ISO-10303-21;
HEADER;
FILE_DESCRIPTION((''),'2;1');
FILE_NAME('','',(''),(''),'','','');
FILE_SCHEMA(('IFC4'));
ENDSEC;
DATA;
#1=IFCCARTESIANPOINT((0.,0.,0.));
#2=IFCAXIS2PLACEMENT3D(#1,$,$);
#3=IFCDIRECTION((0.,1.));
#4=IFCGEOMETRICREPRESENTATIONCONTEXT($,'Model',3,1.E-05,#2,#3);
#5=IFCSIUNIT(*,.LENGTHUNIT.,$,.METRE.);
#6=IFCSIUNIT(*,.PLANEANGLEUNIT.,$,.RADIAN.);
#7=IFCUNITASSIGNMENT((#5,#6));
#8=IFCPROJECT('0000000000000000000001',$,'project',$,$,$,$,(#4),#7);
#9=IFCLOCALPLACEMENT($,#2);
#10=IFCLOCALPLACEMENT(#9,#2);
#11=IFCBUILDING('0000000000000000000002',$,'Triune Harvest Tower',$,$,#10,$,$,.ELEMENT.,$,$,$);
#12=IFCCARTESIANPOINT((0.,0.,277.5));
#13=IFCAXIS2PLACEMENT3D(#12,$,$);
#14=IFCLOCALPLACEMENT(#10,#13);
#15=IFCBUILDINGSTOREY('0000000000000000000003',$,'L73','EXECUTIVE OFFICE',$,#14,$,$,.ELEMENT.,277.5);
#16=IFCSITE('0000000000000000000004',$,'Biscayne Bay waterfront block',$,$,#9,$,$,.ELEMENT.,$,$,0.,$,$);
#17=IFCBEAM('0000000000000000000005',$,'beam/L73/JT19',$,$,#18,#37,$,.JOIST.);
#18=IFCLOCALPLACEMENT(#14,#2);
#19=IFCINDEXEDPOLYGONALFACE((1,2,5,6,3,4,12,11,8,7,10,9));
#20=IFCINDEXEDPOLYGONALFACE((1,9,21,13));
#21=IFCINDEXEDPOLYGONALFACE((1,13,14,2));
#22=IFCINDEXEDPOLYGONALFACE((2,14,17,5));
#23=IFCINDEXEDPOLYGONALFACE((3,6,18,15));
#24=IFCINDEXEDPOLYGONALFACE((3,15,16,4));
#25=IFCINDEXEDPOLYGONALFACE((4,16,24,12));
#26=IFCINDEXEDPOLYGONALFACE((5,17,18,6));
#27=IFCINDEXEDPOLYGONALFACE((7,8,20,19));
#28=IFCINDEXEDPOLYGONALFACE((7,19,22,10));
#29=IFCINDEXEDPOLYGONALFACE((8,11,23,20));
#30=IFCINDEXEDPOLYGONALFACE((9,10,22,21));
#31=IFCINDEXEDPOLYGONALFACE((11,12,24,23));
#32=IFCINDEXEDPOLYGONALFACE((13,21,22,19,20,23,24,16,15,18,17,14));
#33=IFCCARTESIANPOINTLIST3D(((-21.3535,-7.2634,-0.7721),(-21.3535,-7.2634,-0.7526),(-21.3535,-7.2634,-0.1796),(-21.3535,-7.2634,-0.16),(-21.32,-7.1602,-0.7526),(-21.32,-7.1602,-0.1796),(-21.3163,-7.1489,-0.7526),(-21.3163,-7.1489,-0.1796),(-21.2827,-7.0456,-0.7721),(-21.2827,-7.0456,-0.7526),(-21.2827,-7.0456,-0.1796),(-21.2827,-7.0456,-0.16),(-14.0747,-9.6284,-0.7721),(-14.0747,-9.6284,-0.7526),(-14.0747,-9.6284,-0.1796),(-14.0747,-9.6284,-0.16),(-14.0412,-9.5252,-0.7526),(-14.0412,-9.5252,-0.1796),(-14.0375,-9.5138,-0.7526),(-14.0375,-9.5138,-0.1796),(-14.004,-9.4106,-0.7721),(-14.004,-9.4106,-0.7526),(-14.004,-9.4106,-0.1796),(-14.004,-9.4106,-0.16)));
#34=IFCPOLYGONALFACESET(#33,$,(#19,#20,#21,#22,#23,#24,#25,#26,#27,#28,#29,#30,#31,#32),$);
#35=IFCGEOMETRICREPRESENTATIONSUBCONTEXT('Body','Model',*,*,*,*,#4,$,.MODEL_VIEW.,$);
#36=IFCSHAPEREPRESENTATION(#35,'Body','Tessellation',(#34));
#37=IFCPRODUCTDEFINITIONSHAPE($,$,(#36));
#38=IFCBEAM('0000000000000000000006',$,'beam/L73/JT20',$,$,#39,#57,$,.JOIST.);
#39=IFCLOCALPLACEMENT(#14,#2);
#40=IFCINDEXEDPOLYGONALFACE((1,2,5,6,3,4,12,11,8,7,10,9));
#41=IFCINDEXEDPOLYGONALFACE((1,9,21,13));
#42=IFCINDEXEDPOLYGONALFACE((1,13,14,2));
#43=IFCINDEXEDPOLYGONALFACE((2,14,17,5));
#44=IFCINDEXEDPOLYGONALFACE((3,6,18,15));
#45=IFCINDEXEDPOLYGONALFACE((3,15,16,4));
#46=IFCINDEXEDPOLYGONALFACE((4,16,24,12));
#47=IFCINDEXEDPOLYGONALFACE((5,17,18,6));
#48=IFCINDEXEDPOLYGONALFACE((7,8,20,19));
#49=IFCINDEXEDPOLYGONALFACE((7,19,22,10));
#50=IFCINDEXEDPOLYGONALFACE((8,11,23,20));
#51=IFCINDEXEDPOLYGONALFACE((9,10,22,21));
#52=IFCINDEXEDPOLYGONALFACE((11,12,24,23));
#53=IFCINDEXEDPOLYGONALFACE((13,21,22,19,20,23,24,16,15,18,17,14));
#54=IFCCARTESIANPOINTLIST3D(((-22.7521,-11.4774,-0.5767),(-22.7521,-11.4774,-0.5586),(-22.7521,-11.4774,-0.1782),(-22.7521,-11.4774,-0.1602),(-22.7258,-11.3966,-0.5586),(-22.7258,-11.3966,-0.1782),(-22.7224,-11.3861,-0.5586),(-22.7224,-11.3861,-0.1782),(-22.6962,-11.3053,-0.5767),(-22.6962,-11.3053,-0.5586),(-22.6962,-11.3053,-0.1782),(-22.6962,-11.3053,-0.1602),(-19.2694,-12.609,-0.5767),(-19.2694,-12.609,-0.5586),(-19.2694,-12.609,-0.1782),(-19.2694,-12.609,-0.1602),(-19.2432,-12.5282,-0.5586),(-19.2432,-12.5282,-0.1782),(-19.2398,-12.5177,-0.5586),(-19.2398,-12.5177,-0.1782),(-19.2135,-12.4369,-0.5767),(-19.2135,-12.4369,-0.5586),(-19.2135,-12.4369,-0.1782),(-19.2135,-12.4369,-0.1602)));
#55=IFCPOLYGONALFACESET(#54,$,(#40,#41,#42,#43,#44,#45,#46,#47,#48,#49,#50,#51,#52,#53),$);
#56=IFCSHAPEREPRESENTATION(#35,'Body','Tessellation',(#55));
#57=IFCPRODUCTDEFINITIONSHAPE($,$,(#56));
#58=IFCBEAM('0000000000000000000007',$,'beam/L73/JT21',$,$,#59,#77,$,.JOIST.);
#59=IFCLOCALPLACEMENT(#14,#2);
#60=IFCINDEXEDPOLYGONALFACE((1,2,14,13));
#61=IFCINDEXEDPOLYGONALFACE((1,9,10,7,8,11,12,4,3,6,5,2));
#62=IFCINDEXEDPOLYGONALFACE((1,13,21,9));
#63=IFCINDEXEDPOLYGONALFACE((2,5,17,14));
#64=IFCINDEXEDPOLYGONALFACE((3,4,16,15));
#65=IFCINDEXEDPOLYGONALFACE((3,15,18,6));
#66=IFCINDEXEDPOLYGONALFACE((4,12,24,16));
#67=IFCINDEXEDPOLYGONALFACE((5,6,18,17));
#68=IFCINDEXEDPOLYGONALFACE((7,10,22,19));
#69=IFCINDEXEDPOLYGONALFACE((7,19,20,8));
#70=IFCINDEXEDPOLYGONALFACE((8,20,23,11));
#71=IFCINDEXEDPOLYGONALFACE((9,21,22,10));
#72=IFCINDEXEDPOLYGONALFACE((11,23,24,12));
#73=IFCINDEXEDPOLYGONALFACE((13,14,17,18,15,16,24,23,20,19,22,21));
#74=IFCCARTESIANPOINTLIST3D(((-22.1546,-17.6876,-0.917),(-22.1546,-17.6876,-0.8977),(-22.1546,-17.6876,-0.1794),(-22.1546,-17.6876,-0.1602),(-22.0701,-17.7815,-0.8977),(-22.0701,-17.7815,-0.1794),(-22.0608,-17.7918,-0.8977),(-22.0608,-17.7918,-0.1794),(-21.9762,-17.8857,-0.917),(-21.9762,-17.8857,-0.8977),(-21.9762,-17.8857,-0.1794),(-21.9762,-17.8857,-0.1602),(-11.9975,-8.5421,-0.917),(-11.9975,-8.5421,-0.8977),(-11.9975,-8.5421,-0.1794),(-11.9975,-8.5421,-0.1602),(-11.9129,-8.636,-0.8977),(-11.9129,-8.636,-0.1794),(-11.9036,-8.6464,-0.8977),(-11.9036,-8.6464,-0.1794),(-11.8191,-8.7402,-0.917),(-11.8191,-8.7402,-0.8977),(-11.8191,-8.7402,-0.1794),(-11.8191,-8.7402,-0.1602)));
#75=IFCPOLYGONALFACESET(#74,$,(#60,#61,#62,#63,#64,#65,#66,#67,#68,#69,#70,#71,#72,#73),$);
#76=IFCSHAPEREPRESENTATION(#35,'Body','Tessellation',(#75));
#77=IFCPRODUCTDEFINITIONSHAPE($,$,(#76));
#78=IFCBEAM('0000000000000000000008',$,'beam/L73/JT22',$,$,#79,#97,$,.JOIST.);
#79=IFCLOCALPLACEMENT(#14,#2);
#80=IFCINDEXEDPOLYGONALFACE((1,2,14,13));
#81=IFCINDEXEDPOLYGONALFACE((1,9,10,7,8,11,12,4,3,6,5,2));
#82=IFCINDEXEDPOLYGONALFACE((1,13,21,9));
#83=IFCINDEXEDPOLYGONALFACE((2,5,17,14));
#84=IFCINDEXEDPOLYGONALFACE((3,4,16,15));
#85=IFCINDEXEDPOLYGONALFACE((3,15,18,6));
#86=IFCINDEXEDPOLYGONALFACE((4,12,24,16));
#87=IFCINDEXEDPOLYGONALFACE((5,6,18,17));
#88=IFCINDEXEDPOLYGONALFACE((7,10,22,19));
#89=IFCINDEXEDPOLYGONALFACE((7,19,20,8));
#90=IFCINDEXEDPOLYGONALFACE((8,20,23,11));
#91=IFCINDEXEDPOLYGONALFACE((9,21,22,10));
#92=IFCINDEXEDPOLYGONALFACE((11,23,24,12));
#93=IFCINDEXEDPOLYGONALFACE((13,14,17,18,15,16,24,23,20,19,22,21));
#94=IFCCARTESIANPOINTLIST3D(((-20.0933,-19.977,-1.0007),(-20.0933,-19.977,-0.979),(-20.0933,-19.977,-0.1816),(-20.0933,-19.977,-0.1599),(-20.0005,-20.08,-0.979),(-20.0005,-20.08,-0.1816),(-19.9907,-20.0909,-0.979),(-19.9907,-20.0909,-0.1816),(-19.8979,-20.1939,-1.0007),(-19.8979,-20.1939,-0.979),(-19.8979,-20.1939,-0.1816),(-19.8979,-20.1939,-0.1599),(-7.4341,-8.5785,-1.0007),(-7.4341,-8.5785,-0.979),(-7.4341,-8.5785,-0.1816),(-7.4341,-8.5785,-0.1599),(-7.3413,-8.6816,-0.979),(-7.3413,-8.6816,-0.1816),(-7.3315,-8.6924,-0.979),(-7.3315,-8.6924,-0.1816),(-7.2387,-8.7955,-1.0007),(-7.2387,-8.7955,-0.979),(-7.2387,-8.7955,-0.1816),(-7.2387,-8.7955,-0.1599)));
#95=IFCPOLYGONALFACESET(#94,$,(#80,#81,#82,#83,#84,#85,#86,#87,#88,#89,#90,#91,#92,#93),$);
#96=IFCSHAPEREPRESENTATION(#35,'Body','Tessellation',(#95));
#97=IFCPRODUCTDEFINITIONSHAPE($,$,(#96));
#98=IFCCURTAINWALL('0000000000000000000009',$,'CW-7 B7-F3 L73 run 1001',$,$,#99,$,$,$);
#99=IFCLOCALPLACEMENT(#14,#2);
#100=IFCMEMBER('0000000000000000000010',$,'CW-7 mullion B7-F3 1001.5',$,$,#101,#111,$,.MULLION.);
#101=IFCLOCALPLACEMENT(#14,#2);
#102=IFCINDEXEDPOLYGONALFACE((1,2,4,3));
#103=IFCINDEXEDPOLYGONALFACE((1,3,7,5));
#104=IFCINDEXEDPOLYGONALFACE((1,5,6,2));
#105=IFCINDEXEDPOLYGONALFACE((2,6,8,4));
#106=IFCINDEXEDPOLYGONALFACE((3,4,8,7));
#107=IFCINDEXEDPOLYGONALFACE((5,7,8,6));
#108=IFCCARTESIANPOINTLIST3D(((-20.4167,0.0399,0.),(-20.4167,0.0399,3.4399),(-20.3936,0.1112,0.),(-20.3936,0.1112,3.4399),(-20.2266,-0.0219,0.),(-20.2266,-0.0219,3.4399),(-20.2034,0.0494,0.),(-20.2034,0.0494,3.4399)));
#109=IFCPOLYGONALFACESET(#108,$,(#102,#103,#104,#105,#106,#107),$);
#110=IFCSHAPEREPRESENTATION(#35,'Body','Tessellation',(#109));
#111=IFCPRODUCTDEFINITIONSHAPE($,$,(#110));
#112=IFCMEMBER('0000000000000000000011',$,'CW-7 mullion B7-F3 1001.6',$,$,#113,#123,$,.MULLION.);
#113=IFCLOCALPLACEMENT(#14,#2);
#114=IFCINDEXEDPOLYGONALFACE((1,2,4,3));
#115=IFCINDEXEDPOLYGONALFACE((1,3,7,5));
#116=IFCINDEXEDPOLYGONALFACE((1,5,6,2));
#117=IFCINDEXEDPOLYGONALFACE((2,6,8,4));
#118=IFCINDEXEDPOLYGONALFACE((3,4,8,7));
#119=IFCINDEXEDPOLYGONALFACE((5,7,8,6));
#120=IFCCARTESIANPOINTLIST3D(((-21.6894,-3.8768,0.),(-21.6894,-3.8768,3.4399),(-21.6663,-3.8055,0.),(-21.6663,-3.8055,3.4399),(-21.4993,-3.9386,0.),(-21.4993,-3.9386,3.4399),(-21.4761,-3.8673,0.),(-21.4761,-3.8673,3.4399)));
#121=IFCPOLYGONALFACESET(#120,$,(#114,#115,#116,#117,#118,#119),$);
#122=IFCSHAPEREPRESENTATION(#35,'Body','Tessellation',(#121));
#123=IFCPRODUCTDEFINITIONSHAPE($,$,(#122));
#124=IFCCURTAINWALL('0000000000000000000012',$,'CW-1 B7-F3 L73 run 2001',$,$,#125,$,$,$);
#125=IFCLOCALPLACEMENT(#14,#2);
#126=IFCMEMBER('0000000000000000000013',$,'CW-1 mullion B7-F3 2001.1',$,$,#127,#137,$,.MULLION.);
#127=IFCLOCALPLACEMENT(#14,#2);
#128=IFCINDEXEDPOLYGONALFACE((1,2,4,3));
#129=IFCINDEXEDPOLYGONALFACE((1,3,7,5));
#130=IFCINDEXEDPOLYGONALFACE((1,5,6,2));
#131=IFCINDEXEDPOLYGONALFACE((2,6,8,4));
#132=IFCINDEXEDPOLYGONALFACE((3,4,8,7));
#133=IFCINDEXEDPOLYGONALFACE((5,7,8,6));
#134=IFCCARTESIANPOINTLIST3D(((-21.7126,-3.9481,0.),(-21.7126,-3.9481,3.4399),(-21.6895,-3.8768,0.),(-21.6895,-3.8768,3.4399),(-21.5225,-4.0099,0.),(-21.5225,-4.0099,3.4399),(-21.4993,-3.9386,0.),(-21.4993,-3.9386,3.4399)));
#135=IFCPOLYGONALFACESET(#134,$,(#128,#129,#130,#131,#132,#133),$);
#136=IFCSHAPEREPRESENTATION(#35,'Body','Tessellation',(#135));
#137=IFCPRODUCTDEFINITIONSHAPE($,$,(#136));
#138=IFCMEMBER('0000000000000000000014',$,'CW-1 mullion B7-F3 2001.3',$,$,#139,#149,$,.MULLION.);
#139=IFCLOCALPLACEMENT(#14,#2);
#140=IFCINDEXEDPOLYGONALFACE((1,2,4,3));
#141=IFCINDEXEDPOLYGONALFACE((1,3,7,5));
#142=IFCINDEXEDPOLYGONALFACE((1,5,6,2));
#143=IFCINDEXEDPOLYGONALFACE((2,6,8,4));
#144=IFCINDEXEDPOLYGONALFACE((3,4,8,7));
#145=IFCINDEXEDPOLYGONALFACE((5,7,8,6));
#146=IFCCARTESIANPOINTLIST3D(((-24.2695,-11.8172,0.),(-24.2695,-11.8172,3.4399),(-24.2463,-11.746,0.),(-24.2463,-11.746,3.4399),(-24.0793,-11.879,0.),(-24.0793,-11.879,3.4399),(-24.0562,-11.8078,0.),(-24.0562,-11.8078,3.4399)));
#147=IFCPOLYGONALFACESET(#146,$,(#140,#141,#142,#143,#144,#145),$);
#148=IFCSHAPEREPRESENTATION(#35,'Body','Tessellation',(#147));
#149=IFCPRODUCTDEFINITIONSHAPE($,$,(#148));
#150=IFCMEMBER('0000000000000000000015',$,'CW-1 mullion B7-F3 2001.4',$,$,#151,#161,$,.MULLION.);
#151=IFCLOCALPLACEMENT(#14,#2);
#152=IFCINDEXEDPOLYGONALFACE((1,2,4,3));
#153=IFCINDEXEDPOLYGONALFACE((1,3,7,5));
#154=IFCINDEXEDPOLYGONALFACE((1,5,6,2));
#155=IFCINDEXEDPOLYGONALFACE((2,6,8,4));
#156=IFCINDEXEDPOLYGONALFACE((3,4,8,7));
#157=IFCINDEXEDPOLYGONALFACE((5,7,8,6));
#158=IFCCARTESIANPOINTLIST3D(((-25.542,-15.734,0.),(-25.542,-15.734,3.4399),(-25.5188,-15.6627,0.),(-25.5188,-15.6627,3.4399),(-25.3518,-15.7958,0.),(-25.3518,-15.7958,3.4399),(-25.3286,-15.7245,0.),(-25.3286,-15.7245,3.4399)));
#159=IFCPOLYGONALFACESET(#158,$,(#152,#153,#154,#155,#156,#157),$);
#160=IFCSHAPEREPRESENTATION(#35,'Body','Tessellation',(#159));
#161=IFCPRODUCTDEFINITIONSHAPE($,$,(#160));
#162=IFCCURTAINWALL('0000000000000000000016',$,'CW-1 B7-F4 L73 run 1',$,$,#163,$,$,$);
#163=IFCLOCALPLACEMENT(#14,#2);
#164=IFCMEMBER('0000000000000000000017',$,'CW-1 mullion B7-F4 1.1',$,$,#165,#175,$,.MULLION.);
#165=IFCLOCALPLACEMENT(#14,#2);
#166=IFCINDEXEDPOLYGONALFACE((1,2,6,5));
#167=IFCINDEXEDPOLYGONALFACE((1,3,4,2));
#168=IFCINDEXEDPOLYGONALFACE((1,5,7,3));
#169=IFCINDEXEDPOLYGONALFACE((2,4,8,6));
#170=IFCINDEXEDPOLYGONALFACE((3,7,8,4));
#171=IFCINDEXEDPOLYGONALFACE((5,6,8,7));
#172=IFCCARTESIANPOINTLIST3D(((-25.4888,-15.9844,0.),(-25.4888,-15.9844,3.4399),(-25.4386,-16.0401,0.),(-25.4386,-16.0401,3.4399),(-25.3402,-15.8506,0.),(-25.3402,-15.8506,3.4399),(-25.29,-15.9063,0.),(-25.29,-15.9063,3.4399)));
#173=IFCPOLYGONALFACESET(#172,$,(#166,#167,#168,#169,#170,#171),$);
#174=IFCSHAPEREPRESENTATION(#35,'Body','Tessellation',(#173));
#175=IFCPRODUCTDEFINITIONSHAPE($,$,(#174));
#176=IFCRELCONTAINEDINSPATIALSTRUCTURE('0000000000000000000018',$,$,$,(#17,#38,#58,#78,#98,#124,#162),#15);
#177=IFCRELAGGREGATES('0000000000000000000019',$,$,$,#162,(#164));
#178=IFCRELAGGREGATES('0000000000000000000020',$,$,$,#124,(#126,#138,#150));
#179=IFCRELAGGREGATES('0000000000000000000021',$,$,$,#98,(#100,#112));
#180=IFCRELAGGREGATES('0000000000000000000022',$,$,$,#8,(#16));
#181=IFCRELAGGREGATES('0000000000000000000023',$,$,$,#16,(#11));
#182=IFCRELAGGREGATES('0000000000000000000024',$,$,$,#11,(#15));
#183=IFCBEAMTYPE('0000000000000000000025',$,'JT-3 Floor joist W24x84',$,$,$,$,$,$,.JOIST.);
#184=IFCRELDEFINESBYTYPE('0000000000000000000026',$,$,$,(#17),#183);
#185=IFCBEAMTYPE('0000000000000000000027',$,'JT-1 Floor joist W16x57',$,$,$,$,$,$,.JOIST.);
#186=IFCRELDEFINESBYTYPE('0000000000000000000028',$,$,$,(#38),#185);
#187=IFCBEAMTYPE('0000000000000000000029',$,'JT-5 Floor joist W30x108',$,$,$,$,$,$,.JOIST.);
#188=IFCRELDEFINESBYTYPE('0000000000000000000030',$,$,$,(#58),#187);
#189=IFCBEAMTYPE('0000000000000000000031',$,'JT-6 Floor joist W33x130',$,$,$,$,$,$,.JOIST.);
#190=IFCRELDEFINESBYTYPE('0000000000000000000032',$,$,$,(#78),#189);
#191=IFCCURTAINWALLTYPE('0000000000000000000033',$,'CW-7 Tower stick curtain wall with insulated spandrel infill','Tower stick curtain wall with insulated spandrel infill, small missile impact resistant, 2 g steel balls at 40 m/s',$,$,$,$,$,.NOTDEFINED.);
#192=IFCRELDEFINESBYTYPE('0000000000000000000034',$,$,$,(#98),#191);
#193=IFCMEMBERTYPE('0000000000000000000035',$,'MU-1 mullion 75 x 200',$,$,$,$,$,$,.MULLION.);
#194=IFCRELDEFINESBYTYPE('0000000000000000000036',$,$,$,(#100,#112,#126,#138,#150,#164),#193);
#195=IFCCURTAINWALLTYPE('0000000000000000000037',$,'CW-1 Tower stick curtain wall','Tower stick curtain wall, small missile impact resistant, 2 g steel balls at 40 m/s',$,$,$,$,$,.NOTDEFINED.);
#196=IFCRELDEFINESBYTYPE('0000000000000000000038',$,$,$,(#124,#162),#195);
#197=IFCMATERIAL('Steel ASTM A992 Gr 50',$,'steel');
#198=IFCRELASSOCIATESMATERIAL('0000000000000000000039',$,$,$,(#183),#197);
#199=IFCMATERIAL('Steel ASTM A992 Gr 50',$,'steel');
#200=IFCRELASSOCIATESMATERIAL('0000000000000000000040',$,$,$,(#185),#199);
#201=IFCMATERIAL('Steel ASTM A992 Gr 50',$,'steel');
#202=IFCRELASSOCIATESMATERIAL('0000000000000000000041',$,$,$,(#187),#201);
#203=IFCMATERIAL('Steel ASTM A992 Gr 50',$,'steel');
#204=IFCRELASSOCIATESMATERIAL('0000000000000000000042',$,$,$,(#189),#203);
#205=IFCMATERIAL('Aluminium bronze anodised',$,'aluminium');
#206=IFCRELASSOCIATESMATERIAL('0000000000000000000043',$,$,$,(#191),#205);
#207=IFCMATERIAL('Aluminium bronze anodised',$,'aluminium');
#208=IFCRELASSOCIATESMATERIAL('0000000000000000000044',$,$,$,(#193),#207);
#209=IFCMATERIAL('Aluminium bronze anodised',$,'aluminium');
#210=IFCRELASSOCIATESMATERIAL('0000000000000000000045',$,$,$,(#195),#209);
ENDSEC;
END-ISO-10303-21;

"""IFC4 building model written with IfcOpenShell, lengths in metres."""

from ifc_helpers import new_model, si_unit, direction, frame, origin, origin_2d, place, context, subcontext, project, spatial, rectangle, i_section, extrude, source, transform, mapped, material, material_profile, profile_set, type_object, element, aggregate, save


model = new_model("IFC4")

# Units and contexts
model_context = context("Model", 3, precision=1e-05, world=origin(), true_north=direction((0.0, 1.0)))
body_context = subcontext(model_context, "Body", "Model", "MODEL_VIEW")
ifc_project = project(units=[si_unit("LENGTHUNIT", "METRE"), si_unit("PLANEANGLEUNIT", "RADIAN")], contexts=[model_context])

# Site, building, storey
site_placement = place(None, origin())
site = spatial("IfcSite", under=ifc_project, at=site_placement, Name="Biscayne Bay waterfront block", CompositionType="ELEMENT", RefElevation=0.0)
building_placement = place(site_placement, origin())
building = spatial("IfcBuilding", under=site, at=building_placement, Name="Triune Harvest Tower", CompositionType="ELEMENT")
storey_placement = place(building_placement, frame((0.0, 0.0, 277.5)))
storey = spatial("IfcBuildingStorey", under=building, at=storey_placement, Name="L73", Description="EXECUTIVE OFFICE", CompositionType="ELEMENT", Elevation=277.5)

# Beams
ifc_material_1 = material(Name="Steel ASTM A992 Gr 50", Category="steel")
ifc_material_profile_1 = material_profile(ifc_material_1, i_section(OverallWidth=0.229, OverallDepth=0.6121, WebThickness=0.012, FlangeThickness=0.0195, at=origin_2d()), Name="W24x84")
ifc_profile_set_1 = profile_set([ifc_material_profile_1], Name="Steel ASTM A992 Gr 50")
beam_type_1 = type_object("IfcBeamType", Name="JT-3 Floor joist W24x84", PredefinedType="JOIST", material=ifc_profile_set_1)
shared_shape_1 = source(origin(), body_context, "Body", "SweptSolid", [
    extrude(i_section(OverallWidth=0.229, OverallDepth=0.6121, WebThickness=0.012, FlangeThickness=0.0195, at=origin_2d()), origin(), (0.0, 0.0, 1.0), 7.6533),
])
beam_1_placement = place(storey_placement, frame((-21.3181, -7.1545, -0.4661), z_axis=(0.951058, -0.309012, 0.0), x_axis=(0.309012, 0.951058, 0.0)))
element("IfcBeam", 1, at=beam_1_placement, inside=storey, type_object=beam_type_1, Name="beam/L73/JT19", PredefinedType="JOIST", context=body_context, shape_type="MappedRepresentation", body=[
    mapped(shared_shape_1, transform((0.0, 0.0, 0.0), scale=1.0)),
])
ifc_material_2 = material(Name="Steel ASTM A992 Gr 50", Category="steel")
ifc_material_profile_2 = material_profile(ifc_material_2, i_section(OverallWidth=0.1809, OverallDepth=0.4165, WebThickness=0.011, FlangeThickness=0.0181, at=origin_2d()), Name="W16x57")
ifc_profile_set_2 = profile_set([ifc_material_profile_2], Name="Steel ASTM A992 Gr 50")
beam_type_2 = type_object("IfcBeamType", Name="JT-1 Floor joist W16x57", PredefinedType="JOIST", material=ifc_profile_set_2)
shared_shape_2 = source(origin(), body_context, "Body", "SweptSolid", [
    extrude(i_section(OverallWidth=0.1809, OverallDepth=0.4165, WebThickness=0.011, FlangeThickness=0.0181, at=origin_2d()), origin(), (0.0, 0.0, 1.0), 3.6619),
])
beam_2_placement = place(storey_placement, frame((-22.7241, -11.3914, -0.3684), z_axis=(0.951056, -0.309018, 0.0), x_axis=(0.309018, 0.951056, 0.0)))
element("IfcBeam", 2, at=beam_2_placement, inside=storey, type_object=beam_type_2, Name="beam/L73/JT20", PredefinedType="JOIST", context=body_context, shape_type="MappedRepresentation", body=[
    mapped(shared_shape_2, transform((0.0, 0.0, 0.0), scale=1.0)),
])
ifc_material_3 = material(Name="Steel ASTM A992 Gr 50", Category="steel")
ifc_material_profile_3 = material_profile(ifc_material_3, i_section(OverallWidth=0.2666, OverallDepth=0.7568, WebThickness=0.0139, FlangeThickness=0.0193, at=origin_2d()), Name="W30x108")
ifc_profile_set_3 = profile_set([ifc_material_profile_3], Name="Steel ASTM A992 Gr 50")
beam_type_3 = type_object("IfcBeamType", Name="JT-5 Floor joist W30x108", PredefinedType="JOIST", material=ifc_profile_set_3)
shared_shape_3 = source(origin(), body_context, "Body", "SweptSolid", [
    extrude(i_section(OverallWidth=0.2666, OverallDepth=0.7568, WebThickness=0.0139, FlangeThickness=0.0193, at=origin_2d()), origin(), (0.0, 0.0, 1.0), 13.6677),
])
beam_3_placement = place(storey_placement, frame((-22.0654, -17.7866, -0.5386), z_axis=(0.743148, 0.669127, 0.0), x_axis=(-0.669127, 0.743148, 0.0)))
element("IfcBeam", 3, at=beam_3_placement, inside=storey, type_object=beam_type_3, Name="beam/L73/JT21", PredefinedType="JOIST", context=body_context, shape_type="MappedRepresentation", body=[
    mapped(shared_shape_3, transform((0.0, 0.0, 0.0), scale=1.0)),
])
ifc_material_4 = material(Name="Steel ASTM A992 Gr 50", Category="steel")
ifc_material_profile_4 = material_profile(ifc_material_4, i_section(OverallWidth=0.292, OverallDepth=0.8408, WebThickness=0.0146, FlangeThickness=0.0217, at=origin_2d()), Name="W33x130")
ifc_profile_set_4 = profile_set([ifc_material_profile_4], Name="Steel ASTM A992 Gr 50")
beam_type_4 = type_object("IfcBeamType", Name="JT-6 Floor joist W33x130", PredefinedType="JOIST", material=ifc_profile_set_4)
shared_shape_4 = source(origin(), body_context, "Body", "SweptSolid", [
    extrude(i_section(OverallWidth=0.292, OverallDepth=0.8408, WebThickness=0.0146, FlangeThickness=0.0217, at=origin_2d()), origin(), (0.0, 0.0, 1.0), 17.0347),
])
beam_4_placement = place(storey_placement, frame((-19.9956, -20.0854, -0.5803), z_axis=(0.743143, 0.669133, 0.0), x_axis=(-0.669133, 0.743143, 0.0)))
element("IfcBeam", 4, at=beam_4_placement, inside=storey, type_object=beam_type_4, Name="beam/L73/JT22", PredefinedType="JOIST", context=body_context, shape_type="MappedRepresentation", body=[
    mapped(shared_shape_4, transform((0.0, 0.0, 0.0), scale=1.0)),
])

# Curtain walls, members
ifc_material_5 = material(Name="Aluminium bronze anodised", Category="aluminium")
curtain_wall_type_1 = type_object("IfcCurtainWallType", Name="CW-7 Tower stick curtain wall with insulated spandrel infill", Description="Tower stick curtain wall with insulated spandrel infill, small missile impact resistant, 2 g steel balls at 40 m/s", PredefinedType="NOTDEFINED", material=ifc_material_5)
curtain_wall_1_placement = place(storey_placement, origin())
curtain_wall_1 = element("IfcCurtainWall", 5, at=curtain_wall_1_placement, inside=storey, type_object=curtain_wall_type_1, Name="CW-7 B7-F3 L73 run 1001")
ifc_material_6 = material(Name="Aluminium bronze anodised", Category="aluminium")
ifc_material_profile_5 = material_profile(ifc_material_6, rectangle(XDim=0.2, YDim=0.075, at=origin_2d()), Name="MU-1 mullion 75 x 200")
ifc_profile_set_5 = profile_set([ifc_material_profile_5], Name="Aluminium bronze anodised")
member_type_1 = type_object("IfcMemberType", Name="MU-1 mullion 75 x 200", PredefinedType="MULLION", material=ifc_profile_set_5)
shared_shape_5 = source(origin(), body_context, "Body", "SweptSolid", [
    extrude(rectangle(XDim=0.2, YDim=0.075, at=origin_2d()), origin(), (0.0, 0.0, 1.0), 3.4399),
])
member_1_placement = place(storey_placement, frame((-20.3101, 0.0447, 0.0), z_axis=(0.0, 0.0, 1.0), x_axis=(0.951056, -0.30902, 0.0)))
member_1 = element("IfcMember", 6, at=member_1_placement, type_object=member_type_1, Name="CW-7 mullion B7-F3 1001.5", PredefinedType="MULLION", context=body_context, shape_type="MappedRepresentation", body=[
    mapped(shared_shape_5, transform((0.0, 0.0, 0.0), scale=1.0)),
])
member_2_placement = place(storey_placement, frame((-21.5828, -3.8721, 0.0), z_axis=(0.0, 0.0, 1.0), x_axis=(0.951056, -0.30902, 0.0)))
member_2 = element("IfcMember", 7, at=member_2_placement, type_object=member_type_1, Name="CW-7 mullion B7-F3 1001.6", PredefinedType="MULLION", context=body_context, shape_type="MappedRepresentation", body=[
    mapped(shared_shape_5, transform((0.0, 0.0, 0.0), scale=1.0)),
])
ifc_material_7 = material(Name="Aluminium bronze anodised", Category="aluminium")
curtain_wall_type_2 = type_object("IfcCurtainWallType", Name="CW-1 Tower stick curtain wall", Description="Tower stick curtain wall, small missile impact resistant, 2 g steel balls at 40 m/s", PredefinedType="NOTDEFINED", material=ifc_material_7)
curtain_wall_2_placement = place(storey_placement, origin())
curtain_wall_2 = element("IfcCurtainWall", 8, at=curtain_wall_2_placement, inside=storey, type_object=curtain_wall_type_2, Name="CW-1 B7-F3 L73 run 2001")
member_3_placement = place(storey_placement, frame((-21.606, -3.9434, 0.0), z_axis=(0.0, 0.0, 1.0), x_axis=(0.951058, -0.309013, 0.0)))
member_3 = element("IfcMember", 9, at=member_3_placement, type_object=member_type_1, Name="CW-1 mullion B7-F3 2001.1", PredefinedType="MULLION", context=body_context, shape_type="MappedRepresentation", body=[
    mapped(shared_shape_5, transform((0.0, 0.0, 0.0), scale=1.0)),
])
member_4_placement = place(storey_placement, frame((-24.1628, -11.8125, 0.0), z_axis=(0.0, 0.0, 1.0), x_axis=(0.951058, -0.309013, 0.0)))
member_4 = element("IfcMember", 10, at=member_4_placement, type_object=member_type_1, Name="CW-1 mullion B7-F3 2001.3", PredefinedType="MULLION", context=body_context, shape_type="MappedRepresentation", body=[
    mapped(shared_shape_5, transform((0.0, 0.0, 0.0), scale=1.0)),
])
member_5_placement = place(storey_placement, frame((-25.4353, -15.7292, 0.0), z_axis=(0.0, 0.0, 1.0), x_axis=(0.951058, -0.309013, 0.0)))
member_5 = element("IfcMember", 11, at=member_5_placement, type_object=member_type_1, Name="CW-1 mullion B7-F3 2001.4", PredefinedType="MULLION", context=body_context, shape_type="MappedRepresentation", body=[
    mapped(shared_shape_5, transform((0.0, 0.0, 0.0), scale=1.0)),
])
curtain_wall_3_placement = place(storey_placement, origin())
curtain_wall_3 = element("IfcCurtainWall", 12, at=curtain_wall_3_placement, inside=storey, type_object=curtain_wall_type_2, Name="CW-1 B7-F4 L73 run 1")
member_6_placement = place(storey_placement, frame((-25.3894, -15.9453, 0.0), z_axis=(0.0, 0.0, 1.0), x_axis=(0.743144, 0.669132, 0.0)))
member_6 = element("IfcMember", 13, at=member_6_placement, type_object=member_type_1, Name="CW-1 mullion B7-F4 1.1", PredefinedType="MULLION", context=body_context, shape_type="MappedRepresentation", body=[
    mapped(shared_shape_5, transform((0.0, 0.0, 0.0), scale=1.0)),
])

aggregate(curtain_wall_3, [member_6])
aggregate(curtain_wall_2, [member_3, member_4, member_5])
aggregate(curtain_wall_1, [member_1, member_2])

save(model, "model.ifc")
